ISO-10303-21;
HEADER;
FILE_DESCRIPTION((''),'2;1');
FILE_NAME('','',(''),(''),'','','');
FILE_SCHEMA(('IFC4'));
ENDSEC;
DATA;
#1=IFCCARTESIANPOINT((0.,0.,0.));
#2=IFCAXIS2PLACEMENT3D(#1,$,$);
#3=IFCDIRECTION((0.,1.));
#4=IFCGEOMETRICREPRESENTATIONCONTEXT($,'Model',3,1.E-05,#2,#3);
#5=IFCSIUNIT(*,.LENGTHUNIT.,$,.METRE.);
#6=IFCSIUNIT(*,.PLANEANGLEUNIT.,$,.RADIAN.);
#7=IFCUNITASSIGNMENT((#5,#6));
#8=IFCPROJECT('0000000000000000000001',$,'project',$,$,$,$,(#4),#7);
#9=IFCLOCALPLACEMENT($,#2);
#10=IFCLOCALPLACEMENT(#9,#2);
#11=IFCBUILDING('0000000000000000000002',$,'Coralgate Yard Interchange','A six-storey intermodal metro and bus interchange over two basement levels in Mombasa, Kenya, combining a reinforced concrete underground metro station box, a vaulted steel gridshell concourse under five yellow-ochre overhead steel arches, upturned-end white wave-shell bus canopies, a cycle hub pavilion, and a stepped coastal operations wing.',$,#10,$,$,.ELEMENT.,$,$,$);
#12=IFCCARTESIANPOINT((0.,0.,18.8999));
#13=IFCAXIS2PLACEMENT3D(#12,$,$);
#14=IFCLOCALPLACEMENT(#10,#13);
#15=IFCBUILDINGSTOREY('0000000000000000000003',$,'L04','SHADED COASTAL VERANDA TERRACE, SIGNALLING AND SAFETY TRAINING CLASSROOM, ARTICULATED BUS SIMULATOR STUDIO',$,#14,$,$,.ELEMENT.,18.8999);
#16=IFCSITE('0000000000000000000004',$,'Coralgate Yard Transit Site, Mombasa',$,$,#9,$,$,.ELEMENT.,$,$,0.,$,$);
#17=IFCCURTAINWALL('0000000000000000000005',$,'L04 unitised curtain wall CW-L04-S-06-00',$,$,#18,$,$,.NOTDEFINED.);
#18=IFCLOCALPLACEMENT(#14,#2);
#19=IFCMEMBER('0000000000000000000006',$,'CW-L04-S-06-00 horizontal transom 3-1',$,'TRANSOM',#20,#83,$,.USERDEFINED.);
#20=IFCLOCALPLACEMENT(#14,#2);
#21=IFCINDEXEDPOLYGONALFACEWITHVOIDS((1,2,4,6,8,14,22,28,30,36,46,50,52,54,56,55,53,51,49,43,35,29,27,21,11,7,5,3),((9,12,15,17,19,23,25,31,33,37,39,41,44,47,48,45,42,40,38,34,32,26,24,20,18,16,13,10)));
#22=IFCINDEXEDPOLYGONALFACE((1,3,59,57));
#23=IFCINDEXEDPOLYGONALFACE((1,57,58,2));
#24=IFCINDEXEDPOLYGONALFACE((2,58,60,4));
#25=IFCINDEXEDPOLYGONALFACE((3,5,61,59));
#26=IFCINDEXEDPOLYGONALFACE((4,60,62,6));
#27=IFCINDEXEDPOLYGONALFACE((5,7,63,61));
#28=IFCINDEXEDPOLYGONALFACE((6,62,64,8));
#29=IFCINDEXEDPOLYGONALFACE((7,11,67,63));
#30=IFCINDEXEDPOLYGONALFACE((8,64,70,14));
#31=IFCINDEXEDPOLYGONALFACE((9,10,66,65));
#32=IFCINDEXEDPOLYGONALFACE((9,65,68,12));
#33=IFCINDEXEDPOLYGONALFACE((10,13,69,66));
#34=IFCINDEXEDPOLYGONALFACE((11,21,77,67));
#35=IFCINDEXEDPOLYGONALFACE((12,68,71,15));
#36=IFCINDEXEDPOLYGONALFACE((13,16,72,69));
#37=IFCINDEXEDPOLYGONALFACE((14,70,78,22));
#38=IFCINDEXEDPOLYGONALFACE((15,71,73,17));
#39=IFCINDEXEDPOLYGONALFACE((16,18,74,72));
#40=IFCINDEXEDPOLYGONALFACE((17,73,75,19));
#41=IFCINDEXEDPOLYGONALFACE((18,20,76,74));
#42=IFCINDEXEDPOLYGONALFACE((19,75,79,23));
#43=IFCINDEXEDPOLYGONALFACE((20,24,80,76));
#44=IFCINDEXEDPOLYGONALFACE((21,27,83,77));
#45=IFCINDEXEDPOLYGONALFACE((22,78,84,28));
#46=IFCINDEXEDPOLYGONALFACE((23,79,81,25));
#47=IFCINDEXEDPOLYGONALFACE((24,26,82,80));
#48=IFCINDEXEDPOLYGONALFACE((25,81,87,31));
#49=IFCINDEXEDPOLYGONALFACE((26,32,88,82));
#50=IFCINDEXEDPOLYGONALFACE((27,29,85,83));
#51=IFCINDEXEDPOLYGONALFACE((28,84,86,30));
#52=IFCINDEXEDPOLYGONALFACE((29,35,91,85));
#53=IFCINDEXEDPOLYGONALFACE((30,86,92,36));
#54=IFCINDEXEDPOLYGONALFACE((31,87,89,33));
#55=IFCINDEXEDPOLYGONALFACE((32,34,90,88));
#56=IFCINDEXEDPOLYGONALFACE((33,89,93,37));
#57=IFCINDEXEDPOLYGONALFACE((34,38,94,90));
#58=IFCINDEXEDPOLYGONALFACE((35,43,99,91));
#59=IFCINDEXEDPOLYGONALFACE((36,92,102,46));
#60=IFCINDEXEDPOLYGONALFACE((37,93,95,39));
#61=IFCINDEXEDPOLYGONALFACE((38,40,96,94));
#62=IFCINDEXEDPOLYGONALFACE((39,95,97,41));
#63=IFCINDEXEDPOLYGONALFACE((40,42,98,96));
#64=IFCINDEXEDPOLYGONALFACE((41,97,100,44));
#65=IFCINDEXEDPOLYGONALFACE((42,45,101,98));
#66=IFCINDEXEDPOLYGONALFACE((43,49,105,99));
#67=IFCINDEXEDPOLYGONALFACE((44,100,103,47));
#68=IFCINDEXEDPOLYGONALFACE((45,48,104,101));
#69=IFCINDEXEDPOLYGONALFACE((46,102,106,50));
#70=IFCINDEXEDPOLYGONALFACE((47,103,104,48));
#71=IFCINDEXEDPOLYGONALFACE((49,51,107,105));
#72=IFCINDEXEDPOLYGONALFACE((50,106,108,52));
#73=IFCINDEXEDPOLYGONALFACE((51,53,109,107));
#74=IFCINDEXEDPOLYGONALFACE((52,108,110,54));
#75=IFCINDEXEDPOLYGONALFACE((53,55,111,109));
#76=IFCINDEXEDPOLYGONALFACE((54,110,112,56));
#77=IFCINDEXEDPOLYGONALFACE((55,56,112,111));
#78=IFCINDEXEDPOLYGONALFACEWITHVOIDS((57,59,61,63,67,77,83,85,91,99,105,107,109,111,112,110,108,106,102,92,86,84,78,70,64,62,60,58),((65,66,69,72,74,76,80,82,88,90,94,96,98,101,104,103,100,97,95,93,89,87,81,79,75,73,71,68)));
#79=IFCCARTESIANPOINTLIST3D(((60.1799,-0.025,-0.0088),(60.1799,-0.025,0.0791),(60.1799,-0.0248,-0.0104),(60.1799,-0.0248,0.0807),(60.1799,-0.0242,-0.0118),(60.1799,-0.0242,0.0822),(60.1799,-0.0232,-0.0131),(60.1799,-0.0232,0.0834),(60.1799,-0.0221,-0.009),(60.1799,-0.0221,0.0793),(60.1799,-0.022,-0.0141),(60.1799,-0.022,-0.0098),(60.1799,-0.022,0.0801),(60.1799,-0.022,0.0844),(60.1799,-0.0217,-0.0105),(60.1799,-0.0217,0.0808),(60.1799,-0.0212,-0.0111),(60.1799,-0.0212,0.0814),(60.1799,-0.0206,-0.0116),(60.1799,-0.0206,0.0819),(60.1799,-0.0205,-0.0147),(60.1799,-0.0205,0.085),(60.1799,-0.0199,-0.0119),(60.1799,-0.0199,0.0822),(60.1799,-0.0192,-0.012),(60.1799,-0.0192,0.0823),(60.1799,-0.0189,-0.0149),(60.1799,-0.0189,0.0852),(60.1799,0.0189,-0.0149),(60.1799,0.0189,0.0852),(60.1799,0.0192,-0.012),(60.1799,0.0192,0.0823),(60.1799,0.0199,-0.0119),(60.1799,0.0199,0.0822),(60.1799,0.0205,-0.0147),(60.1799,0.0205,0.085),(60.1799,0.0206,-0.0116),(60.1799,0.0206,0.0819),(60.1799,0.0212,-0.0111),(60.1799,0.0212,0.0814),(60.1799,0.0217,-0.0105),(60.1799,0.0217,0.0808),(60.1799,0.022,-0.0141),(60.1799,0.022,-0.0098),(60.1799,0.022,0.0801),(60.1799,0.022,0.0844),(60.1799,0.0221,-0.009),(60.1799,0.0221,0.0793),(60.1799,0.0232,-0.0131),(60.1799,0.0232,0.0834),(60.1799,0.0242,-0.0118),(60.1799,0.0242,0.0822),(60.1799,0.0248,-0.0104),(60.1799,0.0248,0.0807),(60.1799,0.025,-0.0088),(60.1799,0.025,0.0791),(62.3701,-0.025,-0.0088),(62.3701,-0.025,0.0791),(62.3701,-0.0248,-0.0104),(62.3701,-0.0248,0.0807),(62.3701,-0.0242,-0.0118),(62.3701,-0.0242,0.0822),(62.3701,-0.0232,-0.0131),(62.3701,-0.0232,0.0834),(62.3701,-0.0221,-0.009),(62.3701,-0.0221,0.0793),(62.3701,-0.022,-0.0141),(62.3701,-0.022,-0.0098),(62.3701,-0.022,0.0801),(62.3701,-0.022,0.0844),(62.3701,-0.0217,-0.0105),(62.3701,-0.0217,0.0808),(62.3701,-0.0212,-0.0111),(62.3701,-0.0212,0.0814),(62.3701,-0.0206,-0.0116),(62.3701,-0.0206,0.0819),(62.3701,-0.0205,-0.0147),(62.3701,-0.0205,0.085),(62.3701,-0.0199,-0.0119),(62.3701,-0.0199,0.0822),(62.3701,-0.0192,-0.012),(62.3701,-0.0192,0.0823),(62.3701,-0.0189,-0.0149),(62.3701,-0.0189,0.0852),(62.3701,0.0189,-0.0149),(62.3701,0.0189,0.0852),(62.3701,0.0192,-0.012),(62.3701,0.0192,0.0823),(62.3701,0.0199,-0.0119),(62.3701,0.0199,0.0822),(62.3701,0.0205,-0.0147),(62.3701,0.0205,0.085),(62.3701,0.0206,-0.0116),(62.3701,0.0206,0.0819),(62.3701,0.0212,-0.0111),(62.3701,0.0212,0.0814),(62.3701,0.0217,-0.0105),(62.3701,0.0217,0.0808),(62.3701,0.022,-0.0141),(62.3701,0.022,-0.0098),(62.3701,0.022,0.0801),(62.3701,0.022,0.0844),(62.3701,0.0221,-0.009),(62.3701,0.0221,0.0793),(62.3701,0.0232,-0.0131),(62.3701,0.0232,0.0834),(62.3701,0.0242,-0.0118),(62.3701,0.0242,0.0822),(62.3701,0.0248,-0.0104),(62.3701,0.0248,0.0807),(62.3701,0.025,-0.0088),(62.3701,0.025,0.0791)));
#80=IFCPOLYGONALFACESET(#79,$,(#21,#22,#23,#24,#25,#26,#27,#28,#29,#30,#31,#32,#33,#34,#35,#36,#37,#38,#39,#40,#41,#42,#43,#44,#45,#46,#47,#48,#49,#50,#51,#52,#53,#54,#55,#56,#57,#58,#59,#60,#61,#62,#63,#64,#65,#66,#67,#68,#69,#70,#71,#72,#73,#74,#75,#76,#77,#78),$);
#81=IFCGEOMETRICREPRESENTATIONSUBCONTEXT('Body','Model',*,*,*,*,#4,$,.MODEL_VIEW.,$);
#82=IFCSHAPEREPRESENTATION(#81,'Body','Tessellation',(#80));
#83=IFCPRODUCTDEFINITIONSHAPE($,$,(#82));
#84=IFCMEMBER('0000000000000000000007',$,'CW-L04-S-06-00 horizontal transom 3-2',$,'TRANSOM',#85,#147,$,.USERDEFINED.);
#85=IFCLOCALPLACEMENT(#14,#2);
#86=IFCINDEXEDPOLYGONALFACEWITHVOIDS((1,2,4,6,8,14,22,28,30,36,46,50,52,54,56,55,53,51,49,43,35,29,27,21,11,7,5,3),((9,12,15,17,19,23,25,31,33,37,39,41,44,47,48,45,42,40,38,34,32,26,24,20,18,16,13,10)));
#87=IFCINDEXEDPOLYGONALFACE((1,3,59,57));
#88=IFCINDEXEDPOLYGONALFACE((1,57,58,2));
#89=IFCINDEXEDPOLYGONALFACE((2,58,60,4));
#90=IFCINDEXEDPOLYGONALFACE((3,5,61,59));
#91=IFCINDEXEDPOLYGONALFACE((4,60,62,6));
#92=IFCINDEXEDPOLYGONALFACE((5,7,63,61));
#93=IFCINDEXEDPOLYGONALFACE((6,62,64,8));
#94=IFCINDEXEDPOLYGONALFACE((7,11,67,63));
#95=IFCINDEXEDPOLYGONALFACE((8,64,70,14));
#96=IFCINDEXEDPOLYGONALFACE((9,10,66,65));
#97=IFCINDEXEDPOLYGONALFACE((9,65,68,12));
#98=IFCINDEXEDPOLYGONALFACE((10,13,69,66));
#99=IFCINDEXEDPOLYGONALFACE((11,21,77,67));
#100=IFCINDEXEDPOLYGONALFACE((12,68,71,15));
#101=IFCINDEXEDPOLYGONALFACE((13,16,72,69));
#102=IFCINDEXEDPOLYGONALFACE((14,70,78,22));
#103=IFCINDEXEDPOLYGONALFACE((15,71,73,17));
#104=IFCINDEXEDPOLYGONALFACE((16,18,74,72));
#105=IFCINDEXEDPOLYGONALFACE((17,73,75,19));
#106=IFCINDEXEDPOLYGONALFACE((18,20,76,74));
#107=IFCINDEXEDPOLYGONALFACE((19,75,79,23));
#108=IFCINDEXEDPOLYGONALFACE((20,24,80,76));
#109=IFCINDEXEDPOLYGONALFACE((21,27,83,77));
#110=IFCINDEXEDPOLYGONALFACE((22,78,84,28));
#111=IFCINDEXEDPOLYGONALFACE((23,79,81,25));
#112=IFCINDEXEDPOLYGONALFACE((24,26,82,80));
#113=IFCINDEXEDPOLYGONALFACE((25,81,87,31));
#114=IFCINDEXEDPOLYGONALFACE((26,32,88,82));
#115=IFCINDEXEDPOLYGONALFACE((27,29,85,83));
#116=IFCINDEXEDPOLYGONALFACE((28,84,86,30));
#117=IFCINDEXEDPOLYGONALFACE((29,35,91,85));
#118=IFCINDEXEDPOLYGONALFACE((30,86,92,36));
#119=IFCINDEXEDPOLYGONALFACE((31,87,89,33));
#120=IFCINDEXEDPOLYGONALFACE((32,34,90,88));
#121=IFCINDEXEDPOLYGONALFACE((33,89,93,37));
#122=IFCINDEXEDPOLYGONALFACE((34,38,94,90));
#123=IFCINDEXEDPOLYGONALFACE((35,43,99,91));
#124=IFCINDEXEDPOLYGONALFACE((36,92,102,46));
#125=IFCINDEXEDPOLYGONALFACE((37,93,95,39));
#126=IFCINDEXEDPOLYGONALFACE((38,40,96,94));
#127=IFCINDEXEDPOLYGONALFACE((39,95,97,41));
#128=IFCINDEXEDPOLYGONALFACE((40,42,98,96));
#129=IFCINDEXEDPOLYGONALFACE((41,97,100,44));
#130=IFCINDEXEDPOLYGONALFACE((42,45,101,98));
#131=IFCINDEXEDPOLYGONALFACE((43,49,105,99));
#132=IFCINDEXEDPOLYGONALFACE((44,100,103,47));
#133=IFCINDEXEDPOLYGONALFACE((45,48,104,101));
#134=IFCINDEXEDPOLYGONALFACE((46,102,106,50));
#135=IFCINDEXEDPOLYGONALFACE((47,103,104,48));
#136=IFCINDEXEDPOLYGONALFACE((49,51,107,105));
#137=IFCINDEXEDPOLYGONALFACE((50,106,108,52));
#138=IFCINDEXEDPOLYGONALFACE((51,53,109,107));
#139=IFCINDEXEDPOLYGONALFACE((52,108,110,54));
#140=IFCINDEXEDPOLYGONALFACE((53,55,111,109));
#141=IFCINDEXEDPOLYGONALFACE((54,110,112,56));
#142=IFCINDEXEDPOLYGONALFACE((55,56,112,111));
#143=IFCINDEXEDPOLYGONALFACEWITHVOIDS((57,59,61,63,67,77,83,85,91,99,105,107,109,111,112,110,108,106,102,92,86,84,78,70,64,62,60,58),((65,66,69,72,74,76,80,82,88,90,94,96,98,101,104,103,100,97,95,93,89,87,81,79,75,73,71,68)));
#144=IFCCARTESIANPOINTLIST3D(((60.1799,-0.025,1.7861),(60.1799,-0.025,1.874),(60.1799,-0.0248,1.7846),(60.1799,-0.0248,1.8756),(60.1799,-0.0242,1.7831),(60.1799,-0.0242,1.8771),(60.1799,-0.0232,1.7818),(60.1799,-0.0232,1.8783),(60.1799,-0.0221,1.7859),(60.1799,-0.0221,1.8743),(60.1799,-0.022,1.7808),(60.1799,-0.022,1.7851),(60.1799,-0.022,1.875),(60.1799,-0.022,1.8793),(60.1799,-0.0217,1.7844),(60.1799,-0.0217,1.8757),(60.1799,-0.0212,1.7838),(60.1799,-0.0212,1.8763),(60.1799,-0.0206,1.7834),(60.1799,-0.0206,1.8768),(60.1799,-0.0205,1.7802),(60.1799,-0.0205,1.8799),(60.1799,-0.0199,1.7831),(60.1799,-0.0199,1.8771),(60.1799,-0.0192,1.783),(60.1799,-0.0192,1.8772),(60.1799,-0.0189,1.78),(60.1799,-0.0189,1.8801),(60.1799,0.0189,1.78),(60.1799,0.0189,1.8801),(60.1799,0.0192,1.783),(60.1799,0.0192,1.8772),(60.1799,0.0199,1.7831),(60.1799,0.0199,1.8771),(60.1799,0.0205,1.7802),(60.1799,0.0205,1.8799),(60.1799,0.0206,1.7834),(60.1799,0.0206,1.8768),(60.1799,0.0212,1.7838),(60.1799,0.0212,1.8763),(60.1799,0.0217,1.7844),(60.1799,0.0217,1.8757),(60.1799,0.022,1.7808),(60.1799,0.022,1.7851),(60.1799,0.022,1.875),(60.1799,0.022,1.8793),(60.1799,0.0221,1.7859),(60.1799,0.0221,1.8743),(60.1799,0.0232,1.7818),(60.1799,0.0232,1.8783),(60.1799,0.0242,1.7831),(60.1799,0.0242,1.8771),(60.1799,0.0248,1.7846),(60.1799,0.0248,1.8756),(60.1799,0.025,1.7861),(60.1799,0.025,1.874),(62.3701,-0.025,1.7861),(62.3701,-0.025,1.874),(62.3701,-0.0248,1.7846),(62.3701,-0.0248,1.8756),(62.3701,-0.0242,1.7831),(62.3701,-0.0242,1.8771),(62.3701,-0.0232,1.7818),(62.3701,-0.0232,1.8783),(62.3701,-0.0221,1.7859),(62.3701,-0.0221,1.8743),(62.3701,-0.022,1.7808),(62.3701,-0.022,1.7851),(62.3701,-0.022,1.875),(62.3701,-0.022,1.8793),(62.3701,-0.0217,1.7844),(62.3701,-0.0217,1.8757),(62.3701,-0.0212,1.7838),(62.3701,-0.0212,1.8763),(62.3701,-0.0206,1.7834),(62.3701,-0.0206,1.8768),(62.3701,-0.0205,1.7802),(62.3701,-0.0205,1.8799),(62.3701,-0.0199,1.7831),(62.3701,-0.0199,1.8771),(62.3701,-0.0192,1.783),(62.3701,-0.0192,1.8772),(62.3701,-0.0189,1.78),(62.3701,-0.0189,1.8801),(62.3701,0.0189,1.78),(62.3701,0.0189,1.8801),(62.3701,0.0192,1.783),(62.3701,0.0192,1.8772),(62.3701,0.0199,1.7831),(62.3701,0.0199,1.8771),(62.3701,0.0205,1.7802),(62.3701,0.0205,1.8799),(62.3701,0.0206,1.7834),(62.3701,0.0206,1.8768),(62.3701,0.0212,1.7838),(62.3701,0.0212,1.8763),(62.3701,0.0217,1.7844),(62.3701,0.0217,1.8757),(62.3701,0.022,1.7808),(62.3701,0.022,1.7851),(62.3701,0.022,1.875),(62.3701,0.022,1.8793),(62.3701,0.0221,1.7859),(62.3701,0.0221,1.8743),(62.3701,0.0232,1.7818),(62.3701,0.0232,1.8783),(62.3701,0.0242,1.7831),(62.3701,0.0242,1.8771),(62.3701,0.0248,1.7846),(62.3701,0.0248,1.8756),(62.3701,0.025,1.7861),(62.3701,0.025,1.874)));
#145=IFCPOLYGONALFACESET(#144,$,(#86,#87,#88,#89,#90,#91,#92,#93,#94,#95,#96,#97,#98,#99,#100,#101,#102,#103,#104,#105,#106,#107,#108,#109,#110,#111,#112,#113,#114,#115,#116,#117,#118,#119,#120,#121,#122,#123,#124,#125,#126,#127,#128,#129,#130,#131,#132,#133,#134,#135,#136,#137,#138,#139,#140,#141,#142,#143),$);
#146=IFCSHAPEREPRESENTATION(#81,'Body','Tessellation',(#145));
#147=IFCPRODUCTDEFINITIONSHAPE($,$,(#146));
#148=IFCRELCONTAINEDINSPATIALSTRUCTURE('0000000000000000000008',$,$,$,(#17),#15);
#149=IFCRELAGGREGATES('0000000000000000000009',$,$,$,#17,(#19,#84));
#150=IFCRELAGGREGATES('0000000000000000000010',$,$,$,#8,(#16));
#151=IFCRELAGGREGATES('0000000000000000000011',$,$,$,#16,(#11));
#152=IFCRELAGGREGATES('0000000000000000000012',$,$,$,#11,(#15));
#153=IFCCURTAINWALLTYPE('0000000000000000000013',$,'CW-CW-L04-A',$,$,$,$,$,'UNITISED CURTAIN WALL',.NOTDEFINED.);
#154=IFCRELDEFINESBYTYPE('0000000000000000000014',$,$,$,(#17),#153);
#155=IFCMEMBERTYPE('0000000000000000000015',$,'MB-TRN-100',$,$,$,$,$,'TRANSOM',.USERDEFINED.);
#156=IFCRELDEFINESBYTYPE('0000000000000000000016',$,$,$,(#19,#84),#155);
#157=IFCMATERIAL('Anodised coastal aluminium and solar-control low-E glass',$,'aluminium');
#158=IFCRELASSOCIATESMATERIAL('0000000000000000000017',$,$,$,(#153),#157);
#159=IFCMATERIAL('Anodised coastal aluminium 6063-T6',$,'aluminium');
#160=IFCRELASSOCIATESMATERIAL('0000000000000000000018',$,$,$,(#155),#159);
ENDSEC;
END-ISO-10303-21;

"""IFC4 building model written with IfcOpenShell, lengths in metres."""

from ifc_helpers import new_model, si_unit, direction, frame, origin, origin_2d, place, context, subcontext, project, spatial, hollow_rectangle, extrude, material, material_profile, profile_set, type_object, element, aggregate, save


model = new_model("IFC4")

# Units and contexts
model_context = context("Model", 3, precision=1e-05, world=origin(), true_north=direction((0.0, 1.0)))
body_context = subcontext(model_context, "Body", "Model", "MODEL_VIEW")
ifc_project = project(units=[si_unit("LENGTHUNIT", "METRE"), si_unit("PLANEANGLEUNIT", "RADIAN")], contexts=[model_context])

# Site, building, storey
site_placement = place(None, origin())
site = spatial("IfcSite", under=ifc_project, at=site_placement, Name="Coralgate Yard Transit Site, Mombasa", CompositionType="ELEMENT", RefElevation=0.0)
building_placement = place(site_placement, origin())
building = spatial("IfcBuilding", under=site, at=building_placement, Name="Coralgate Yard Interchange", Description="A six-storey intermodal metro and bus interchange over two basement levels in Mombasa, Kenya, combining a reinforced concrete underground metro station box, a vaulted steel gridshell concourse under five yellow-ochre overhead steel arches, upturned-end white wave-shell bus canopies, a cycle hub pavilion, and a stepped coastal operations wing.", CompositionType="ELEMENT")
storey_placement = place(building_placement, frame((0.0, 0.0, 18.8999)))
storey = spatial("IfcBuildingStorey", under=building, at=storey_placement, Name="L04", Description="SHADED COASTAL VERANDA TERRACE, SIGNALLING AND SAFETY TRAINING CLASSROOM, ARTICULATED BUS SIMULATOR STUDIO", CompositionType="ELEMENT", Elevation=18.8999)

# Curtain wall
ifc_material_1 = material(Name="Anodised coastal aluminium and solar-control low-E glass", Category="aluminium")
curtain_wall_type = type_object("IfcCurtainWallType", Name="CW-CW-L04-A", ElementType="UNITISED CURTAIN WALL", PredefinedType="NOTDEFINED", material=ifc_material_1)
curtain_wall_1_placement = place(storey_placement, origin())
curtain_wall_1 = element("IfcCurtainWall", 1, at=curtain_wall_1_placement, inside=storey, type_object=curtain_wall_type, Name="L04 unitised curtain wall CW-L04-S-06-00", PredefinedType="NOTDEFINED")
ifc_material_2 = material(Name="Anodised coastal aluminium 6063-T6", Category="aluminium")

# Members
ifc_material_profile_1 = material_profile(ifc_material_2, hollow_rectangle(XDim=0.05, YDim=0.1001, WallThickness=0.0029, InnerFilletRadius=0.0029, OuterFilletRadius=0.0061, at=origin_2d()), Name="ALU 50x100x3")
ifc_profile_set_1 = profile_set([ifc_material_profile_1], Name="Anodised coastal aluminium 6063-T6")
member_type_1 = type_object("IfcMemberType", Name="MB-TRN-100", ElementType="TRANSOM", PredefinedType="USERDEFINED", material=ifc_profile_set_1)
member_1_placement = place(storey_placement, frame((62.3701, 0.0, 0.0352), z_axis=(-1.0, 0.0, 0.0), x_axis=(0.0, -1.0, 0.0)))
member_1 = element("IfcMember", 2, at=member_1_placement, type_object=member_type_1, Name="CW-L04-S-06-00 horizontal transom 3-1", ObjectType="TRANSOM", PredefinedType="USERDEFINED", context=body_context, shape_type="SweptSolid", body=[
    extrude(hollow_rectangle(XDim=0.05, YDim=0.1001, WallThickness=0.0029, InnerFilletRadius=0.0029, OuterFilletRadius=0.0061, at=origin_2d()), origin(), (0.0, 0.0, 1.0), 2.1902),
])
member_2_placement = place(storey_placement, frame((62.3701, 0.0, 1.8301), z_axis=(-1.0, 0.0, 0.0), x_axis=(0.0, -1.0, 0.0)))
member_2 = element("IfcMember", 3, at=member_2_placement, type_object=member_type_1, Name="CW-L04-S-06-00 horizontal transom 3-2", ObjectType="TRANSOM", PredefinedType="USERDEFINED", context=body_context, shape_type="SweptSolid", body=[
    extrude(hollow_rectangle(XDim=0.05, YDim=0.1001, WallThickness=0.0029, InnerFilletRadius=0.0029, OuterFilletRadius=0.0061, at=origin_2d()), origin(), (0.0, 0.0, 1.0), 2.1902),
])

aggregate(curtain_wall_1, [member_1, member_2])

save(model, "model.ifc")
